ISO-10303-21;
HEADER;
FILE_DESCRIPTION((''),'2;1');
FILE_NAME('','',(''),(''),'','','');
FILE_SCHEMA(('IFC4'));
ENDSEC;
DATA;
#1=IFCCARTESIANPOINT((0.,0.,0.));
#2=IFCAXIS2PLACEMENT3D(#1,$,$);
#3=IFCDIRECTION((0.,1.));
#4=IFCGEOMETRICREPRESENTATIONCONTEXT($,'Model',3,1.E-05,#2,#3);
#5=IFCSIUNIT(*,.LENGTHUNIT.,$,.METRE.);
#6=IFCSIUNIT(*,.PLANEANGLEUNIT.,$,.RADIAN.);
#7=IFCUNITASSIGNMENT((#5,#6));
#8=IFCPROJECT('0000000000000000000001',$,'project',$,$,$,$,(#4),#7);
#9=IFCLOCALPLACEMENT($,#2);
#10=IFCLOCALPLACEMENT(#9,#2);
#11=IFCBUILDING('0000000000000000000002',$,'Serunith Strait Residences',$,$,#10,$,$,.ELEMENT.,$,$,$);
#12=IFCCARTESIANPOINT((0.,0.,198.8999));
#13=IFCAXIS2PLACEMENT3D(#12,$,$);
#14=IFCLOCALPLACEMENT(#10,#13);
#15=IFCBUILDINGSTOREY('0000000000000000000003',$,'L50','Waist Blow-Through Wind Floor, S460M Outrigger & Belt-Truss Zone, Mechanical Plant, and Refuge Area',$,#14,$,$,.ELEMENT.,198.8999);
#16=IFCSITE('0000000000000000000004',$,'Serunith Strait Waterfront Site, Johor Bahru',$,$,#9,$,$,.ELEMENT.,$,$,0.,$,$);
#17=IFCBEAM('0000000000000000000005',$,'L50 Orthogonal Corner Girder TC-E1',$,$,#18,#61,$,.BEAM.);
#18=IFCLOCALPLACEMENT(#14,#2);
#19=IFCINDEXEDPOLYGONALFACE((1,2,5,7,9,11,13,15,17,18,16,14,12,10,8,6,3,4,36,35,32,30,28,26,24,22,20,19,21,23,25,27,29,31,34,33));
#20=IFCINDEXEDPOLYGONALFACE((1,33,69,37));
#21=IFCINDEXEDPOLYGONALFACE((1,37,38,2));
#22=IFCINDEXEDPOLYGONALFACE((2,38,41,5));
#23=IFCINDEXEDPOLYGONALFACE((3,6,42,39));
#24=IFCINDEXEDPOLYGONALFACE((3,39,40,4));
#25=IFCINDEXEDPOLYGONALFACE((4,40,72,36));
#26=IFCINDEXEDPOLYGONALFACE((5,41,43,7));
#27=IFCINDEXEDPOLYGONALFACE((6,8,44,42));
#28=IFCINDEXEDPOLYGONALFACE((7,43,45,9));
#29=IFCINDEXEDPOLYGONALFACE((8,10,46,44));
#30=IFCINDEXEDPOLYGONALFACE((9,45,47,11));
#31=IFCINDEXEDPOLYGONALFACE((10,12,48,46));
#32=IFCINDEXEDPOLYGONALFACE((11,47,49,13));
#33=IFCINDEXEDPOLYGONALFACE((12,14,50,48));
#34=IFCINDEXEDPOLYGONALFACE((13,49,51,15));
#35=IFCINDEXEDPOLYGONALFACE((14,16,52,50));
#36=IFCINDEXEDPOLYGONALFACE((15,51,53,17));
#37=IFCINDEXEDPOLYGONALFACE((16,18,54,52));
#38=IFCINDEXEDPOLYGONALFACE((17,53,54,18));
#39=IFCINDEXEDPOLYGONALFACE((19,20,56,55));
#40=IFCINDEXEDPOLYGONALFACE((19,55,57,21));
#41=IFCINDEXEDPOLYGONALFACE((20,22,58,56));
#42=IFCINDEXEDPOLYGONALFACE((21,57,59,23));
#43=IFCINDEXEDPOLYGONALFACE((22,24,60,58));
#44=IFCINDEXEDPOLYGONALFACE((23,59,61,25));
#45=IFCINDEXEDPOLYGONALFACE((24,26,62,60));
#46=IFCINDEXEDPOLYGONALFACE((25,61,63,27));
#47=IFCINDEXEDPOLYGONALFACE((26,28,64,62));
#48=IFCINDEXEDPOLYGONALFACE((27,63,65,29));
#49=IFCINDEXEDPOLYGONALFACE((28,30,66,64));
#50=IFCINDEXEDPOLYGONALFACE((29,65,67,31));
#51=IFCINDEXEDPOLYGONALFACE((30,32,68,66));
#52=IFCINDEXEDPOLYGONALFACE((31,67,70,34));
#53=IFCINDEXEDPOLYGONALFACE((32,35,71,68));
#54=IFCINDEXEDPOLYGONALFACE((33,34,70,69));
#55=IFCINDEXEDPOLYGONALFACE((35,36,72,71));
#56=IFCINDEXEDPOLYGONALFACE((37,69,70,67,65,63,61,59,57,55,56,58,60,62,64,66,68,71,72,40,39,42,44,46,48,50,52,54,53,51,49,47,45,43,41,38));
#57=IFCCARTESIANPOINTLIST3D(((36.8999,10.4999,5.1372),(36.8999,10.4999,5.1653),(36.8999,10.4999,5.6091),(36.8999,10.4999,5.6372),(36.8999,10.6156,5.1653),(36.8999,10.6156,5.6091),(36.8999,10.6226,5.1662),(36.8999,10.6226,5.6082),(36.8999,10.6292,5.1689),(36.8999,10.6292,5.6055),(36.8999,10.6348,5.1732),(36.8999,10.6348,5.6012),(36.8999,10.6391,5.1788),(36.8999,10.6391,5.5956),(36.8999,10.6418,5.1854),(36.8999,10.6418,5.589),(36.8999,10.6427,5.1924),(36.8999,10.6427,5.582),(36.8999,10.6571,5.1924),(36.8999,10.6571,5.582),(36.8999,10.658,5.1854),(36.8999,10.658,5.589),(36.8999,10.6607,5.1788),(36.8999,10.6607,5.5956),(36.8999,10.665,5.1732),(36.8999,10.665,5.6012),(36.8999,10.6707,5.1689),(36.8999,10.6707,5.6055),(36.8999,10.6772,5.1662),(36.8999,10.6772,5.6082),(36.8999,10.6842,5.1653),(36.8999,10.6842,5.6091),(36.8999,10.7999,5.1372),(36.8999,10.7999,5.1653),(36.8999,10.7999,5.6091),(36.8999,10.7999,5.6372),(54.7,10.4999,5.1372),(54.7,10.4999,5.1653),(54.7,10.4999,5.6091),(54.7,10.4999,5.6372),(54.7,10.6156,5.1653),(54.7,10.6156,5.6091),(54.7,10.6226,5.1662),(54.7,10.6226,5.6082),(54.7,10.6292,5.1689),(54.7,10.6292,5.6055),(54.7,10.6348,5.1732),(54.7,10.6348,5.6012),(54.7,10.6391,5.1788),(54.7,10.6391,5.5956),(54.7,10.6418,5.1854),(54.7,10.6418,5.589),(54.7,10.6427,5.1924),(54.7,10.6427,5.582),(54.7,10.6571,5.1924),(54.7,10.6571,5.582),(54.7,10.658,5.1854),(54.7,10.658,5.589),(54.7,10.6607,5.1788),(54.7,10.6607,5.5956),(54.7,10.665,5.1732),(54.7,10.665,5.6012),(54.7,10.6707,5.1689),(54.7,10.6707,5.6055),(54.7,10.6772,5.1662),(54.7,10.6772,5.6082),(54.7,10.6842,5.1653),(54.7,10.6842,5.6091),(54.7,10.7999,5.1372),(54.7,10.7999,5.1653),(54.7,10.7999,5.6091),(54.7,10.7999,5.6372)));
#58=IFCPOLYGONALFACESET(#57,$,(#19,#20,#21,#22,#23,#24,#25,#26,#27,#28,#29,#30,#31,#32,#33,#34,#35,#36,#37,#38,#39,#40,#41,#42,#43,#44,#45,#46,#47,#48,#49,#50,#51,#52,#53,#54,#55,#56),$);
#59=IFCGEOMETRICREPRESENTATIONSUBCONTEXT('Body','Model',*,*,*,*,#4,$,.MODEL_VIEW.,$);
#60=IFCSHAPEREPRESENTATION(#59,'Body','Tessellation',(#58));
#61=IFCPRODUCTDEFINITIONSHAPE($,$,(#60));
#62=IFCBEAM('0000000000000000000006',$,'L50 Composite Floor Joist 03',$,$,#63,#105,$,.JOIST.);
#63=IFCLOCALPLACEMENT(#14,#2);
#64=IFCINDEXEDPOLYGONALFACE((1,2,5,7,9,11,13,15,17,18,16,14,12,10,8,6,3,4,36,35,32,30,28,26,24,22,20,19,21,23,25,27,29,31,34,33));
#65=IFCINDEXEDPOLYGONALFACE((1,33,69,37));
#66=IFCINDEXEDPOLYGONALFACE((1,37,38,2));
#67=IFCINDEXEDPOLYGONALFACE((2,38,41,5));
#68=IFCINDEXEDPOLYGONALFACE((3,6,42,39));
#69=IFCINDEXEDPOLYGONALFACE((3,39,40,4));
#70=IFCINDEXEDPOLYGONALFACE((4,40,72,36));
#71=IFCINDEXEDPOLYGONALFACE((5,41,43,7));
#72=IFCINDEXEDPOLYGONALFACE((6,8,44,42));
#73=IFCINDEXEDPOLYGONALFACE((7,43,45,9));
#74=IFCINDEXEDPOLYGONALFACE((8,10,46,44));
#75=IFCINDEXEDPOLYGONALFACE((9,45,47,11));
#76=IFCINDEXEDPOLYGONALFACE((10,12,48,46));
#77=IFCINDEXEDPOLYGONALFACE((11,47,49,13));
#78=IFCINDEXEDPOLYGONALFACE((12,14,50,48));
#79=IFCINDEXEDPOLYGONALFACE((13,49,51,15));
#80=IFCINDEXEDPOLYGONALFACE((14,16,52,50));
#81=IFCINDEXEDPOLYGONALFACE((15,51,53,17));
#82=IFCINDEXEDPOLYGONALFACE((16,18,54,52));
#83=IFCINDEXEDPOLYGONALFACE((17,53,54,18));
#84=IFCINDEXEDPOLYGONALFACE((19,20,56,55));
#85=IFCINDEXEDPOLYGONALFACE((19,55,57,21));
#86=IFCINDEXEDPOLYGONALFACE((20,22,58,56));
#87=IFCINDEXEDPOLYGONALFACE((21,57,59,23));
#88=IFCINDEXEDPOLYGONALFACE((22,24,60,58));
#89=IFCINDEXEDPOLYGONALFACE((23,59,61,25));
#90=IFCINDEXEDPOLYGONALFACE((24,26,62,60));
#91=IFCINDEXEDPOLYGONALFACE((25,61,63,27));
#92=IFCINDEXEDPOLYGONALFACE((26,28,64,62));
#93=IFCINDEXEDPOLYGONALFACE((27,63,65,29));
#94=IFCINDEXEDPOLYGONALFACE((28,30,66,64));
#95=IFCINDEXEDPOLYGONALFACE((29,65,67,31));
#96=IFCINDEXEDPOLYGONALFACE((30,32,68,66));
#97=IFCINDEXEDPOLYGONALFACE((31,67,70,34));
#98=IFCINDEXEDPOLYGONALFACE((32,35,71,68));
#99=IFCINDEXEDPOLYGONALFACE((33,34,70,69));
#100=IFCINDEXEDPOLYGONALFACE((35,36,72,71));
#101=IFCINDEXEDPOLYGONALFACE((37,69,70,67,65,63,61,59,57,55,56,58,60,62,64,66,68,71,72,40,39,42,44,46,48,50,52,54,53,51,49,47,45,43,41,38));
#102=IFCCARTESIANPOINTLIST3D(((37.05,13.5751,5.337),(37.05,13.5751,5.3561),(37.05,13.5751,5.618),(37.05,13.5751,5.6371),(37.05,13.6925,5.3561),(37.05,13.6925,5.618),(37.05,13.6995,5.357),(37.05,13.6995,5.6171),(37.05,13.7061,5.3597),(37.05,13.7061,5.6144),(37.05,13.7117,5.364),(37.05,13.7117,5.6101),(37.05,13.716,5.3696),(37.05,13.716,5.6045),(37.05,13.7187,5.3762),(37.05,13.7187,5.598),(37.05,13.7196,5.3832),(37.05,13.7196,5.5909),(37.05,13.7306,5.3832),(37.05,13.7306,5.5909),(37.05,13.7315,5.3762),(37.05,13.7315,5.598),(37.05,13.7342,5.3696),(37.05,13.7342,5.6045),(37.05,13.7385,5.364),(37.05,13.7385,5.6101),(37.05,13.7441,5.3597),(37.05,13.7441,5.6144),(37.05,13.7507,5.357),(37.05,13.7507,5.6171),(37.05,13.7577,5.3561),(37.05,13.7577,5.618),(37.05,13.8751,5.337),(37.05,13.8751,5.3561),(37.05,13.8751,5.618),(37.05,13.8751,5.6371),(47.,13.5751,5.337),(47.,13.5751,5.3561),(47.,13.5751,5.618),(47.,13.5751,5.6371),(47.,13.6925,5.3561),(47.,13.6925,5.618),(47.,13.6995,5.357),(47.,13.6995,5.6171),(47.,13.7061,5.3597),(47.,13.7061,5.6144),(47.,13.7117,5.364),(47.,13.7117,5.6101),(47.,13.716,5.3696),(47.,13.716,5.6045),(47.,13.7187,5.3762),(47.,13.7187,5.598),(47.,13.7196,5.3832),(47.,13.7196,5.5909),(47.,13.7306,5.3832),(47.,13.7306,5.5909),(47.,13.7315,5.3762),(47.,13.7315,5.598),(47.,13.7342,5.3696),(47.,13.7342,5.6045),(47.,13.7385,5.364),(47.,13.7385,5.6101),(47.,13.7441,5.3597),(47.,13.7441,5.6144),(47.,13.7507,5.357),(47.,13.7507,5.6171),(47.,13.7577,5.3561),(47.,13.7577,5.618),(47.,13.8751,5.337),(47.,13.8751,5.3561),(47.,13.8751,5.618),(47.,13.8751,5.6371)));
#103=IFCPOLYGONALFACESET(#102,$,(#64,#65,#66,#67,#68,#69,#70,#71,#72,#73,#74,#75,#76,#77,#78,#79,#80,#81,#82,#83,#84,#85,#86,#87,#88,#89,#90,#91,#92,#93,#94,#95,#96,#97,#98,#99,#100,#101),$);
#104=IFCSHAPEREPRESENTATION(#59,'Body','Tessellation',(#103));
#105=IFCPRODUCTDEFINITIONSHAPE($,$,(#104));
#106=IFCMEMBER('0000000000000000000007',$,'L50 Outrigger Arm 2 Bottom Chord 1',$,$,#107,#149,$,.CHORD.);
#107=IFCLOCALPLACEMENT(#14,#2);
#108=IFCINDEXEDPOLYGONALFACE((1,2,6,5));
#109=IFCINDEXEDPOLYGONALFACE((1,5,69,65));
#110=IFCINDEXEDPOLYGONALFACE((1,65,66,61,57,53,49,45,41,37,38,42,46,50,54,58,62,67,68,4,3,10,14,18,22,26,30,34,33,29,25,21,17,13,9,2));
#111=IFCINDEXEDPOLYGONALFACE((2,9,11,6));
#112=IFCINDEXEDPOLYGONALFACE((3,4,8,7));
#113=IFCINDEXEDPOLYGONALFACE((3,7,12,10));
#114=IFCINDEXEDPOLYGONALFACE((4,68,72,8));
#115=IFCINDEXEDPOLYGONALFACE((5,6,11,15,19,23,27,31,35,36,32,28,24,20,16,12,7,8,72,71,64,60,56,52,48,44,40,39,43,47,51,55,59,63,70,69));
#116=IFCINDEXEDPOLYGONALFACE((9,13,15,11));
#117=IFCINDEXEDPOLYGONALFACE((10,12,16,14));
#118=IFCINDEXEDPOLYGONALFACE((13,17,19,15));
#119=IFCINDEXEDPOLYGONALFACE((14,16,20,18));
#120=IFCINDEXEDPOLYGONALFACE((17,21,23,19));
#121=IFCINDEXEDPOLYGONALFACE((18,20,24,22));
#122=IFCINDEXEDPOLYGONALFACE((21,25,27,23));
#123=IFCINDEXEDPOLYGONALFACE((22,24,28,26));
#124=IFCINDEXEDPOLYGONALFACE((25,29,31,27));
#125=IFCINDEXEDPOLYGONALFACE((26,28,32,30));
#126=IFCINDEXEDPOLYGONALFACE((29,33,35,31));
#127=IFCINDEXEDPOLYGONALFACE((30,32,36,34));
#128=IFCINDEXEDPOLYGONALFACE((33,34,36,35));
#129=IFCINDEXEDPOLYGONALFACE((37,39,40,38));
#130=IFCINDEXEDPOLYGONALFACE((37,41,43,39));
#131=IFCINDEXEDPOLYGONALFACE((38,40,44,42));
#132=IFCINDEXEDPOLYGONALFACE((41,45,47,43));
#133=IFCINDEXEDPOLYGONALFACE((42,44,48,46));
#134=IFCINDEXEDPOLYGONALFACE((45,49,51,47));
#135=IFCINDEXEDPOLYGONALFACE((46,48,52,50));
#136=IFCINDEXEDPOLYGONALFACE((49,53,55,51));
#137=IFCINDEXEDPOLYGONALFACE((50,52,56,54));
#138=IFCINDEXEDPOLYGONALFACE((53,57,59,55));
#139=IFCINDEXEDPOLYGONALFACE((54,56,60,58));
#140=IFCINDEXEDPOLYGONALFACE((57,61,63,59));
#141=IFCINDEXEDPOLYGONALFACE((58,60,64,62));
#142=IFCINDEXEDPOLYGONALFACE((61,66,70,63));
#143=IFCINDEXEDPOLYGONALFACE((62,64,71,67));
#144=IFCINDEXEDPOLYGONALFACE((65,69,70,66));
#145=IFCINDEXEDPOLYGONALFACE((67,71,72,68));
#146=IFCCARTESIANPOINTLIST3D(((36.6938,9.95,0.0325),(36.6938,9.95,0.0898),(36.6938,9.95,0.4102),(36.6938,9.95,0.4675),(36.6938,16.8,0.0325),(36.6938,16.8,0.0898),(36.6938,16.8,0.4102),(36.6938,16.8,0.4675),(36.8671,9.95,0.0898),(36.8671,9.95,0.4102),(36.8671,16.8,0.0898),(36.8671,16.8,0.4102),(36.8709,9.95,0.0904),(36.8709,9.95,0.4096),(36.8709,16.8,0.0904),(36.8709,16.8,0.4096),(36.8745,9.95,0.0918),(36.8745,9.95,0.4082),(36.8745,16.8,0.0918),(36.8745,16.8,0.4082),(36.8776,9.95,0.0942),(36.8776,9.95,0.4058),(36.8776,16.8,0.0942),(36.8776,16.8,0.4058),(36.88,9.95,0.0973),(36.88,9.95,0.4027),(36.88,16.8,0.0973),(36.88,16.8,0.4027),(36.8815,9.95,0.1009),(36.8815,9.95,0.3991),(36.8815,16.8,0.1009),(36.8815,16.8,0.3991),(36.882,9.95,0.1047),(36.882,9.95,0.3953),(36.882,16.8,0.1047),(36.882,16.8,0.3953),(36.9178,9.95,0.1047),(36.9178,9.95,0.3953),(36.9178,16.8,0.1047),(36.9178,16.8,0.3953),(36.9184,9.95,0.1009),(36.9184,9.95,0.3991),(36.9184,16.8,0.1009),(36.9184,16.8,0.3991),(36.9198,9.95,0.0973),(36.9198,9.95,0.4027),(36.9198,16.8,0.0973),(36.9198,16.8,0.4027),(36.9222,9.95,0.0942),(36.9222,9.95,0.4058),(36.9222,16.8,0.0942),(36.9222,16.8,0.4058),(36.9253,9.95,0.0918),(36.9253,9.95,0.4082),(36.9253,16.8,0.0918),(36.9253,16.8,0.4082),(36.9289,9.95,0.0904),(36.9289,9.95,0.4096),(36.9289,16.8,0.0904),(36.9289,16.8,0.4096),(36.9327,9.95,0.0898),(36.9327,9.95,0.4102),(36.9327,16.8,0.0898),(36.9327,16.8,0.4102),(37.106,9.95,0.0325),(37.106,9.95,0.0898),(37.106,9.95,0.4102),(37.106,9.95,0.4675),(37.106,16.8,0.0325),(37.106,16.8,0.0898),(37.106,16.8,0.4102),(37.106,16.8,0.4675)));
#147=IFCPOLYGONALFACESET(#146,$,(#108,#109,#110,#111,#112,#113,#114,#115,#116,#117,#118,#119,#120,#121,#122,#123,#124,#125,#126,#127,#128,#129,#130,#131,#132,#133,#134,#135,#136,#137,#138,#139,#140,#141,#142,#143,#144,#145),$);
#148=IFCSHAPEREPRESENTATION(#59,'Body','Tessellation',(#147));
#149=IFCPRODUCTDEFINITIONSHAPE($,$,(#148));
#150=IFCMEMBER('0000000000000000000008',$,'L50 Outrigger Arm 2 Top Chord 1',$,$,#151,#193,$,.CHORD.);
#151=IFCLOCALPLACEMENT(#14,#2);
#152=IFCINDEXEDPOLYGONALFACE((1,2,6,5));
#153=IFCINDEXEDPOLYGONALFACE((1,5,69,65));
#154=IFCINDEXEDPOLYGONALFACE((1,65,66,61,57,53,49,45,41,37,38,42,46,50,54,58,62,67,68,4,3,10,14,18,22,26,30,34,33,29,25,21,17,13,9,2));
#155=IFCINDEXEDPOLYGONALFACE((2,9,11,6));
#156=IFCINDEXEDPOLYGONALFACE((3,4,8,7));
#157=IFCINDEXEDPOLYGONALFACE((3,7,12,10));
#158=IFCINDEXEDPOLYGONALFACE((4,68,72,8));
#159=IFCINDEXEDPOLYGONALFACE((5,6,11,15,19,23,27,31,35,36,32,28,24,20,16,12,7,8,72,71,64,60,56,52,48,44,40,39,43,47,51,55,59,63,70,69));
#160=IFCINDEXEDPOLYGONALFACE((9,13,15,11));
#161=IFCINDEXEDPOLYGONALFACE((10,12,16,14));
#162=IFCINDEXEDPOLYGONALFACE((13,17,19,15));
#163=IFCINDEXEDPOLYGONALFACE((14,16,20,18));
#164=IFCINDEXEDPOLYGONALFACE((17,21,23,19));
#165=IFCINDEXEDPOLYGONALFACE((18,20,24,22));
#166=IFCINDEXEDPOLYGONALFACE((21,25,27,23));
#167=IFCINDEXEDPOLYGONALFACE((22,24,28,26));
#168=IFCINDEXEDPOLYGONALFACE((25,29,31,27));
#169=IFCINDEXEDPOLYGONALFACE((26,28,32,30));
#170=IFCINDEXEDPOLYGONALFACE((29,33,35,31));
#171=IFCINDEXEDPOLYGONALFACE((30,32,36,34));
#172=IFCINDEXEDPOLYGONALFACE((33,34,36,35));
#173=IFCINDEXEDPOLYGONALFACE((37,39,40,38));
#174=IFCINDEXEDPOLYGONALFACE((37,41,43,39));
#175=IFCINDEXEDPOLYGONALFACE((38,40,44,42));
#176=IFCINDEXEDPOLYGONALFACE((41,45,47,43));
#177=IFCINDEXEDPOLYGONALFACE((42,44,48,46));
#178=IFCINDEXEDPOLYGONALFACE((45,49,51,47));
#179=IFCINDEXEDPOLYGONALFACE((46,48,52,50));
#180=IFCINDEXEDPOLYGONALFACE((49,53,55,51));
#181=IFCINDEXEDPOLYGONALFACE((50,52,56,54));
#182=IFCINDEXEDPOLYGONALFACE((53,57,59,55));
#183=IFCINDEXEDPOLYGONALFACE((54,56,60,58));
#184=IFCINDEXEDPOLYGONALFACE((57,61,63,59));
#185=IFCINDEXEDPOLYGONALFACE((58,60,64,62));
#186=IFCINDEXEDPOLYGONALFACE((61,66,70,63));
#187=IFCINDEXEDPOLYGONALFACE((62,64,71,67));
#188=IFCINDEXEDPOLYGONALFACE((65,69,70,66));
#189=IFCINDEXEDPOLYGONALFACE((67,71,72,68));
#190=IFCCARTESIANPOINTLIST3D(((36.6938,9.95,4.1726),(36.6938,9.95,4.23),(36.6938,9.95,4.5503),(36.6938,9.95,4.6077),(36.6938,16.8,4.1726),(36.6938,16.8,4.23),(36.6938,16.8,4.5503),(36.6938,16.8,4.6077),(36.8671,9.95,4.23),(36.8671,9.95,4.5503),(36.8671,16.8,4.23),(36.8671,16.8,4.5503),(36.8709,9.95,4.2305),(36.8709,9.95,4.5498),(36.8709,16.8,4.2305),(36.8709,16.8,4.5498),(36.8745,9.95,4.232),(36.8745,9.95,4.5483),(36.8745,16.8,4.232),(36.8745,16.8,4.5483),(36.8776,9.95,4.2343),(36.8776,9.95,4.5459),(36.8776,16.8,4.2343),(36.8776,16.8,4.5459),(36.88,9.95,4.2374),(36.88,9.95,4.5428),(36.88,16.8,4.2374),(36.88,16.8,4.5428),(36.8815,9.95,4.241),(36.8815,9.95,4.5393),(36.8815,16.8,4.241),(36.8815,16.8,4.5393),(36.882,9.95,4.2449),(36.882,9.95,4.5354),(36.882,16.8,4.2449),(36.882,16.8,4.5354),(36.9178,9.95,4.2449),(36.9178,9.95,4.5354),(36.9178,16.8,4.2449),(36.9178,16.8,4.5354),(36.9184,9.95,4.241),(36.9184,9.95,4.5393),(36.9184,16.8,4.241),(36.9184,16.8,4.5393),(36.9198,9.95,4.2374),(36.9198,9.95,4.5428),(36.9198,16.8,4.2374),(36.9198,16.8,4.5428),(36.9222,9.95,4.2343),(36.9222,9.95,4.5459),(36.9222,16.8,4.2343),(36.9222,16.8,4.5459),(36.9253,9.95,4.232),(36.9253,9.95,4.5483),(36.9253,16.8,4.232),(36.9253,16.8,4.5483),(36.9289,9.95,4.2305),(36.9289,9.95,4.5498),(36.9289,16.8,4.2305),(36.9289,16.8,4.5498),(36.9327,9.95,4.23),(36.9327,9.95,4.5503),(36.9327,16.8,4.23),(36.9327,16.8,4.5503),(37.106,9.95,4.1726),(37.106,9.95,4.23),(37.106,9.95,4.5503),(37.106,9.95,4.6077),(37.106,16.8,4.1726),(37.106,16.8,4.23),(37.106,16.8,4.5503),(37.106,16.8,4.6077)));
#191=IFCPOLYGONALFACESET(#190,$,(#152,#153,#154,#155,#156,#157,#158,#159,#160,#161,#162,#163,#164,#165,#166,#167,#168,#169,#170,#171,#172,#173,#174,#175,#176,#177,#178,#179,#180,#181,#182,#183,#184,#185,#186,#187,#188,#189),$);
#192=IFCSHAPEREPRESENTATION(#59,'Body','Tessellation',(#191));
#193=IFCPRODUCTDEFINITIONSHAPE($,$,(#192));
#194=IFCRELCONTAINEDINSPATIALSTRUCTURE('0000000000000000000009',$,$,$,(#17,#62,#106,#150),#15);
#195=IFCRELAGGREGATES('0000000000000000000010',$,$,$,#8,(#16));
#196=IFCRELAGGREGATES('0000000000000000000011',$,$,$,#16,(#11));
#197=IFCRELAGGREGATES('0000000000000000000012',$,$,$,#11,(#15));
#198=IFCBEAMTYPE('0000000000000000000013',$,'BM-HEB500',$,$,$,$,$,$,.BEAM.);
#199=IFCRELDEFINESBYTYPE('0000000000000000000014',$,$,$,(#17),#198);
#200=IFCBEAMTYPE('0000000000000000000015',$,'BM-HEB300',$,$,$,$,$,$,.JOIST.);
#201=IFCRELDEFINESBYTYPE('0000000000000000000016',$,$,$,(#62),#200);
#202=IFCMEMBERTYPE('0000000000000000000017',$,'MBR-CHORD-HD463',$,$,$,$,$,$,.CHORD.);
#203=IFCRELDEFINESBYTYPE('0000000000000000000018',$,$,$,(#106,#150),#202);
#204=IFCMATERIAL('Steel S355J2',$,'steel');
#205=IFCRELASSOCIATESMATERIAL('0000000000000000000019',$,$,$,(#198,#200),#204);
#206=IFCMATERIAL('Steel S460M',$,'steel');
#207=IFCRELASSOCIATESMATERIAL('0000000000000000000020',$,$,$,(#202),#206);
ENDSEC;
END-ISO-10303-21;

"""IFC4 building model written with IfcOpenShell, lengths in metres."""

from ifc_helpers import new_model, si_unit, direction, frame, origin, origin_2d, place, context, subcontext, project, spatial, i_section, extrude, source, transform, mapped, material, material_profile, profile_set, type_object, element, save


model = new_model("IFC4")

# Units and contexts
model_context = context("Model", 3, precision=1e-05, world=origin(), true_north=direction((0.0, 1.0)))
body_context = subcontext(model_context, "Body", "Model", "MODEL_VIEW")
ifc_project = project(units=[si_unit("LENGTHUNIT", "METRE"), si_unit("PLANEANGLEUNIT", "RADIAN")], contexts=[model_context])

# Site, building, storey
site_placement = place(None, origin())
site = spatial("IfcSite", under=ifc_project, at=site_placement, Name="Serunith Strait Waterfront Site, Johor Bahru", CompositionType="ELEMENT", RefElevation=0.0)
building_placement = place(site_placement, origin())
building = spatial("IfcBuilding", under=site, at=building_placement, Name="Serunith Strait Residences", CompositionType="ELEMENT")
storey_placement = place(building_placement, frame((0.0, 0.0, 198.8999)))
storey = spatial("IfcBuildingStorey", under=building, at=storey_placement, Name="L50", Description="Waist Blow-Through Wind Floor, S460M Outrigger & Belt-Truss Zone, Mechanical Plant, and Refuge Area", CompositionType="ELEMENT", Elevation=198.8999)

# Beams
ifc_material_1 = material(Name="Steel S355J2", Category="steel")
ifc_material_profile_1 = material_profile(ifc_material_1, i_section(OverallWidth=0.3, OverallDepth=0.5, WebThickness=0.0144, FlangeThickness=0.0281, FilletRadius=0.0271, at=origin_2d()), Name="HEB 500")
ifc_profile_set_1 = profile_set([ifc_material_profile_1], Name="Steel S355J2")
beam_type_1 = type_object("IfcBeamType", Name="BM-HEB500", PredefinedType="BEAM", material=ifc_profile_set_1)
shared_shape_1 = source(origin(), body_context, "Body", "SweptSolid", [
    extrude(i_section(OverallWidth=0.3, OverallDepth=0.5, WebThickness=0.0144, FlangeThickness=0.0281, FilletRadius=0.0271, at=origin_2d()), origin(), (0.0, 0.0, 1.0), 17.8),
])
beam_1_placement = place(storey_placement, frame((36.8999, 10.6499, 5.3872), z_axis=(1.0, 0.0, 0.0), x_axis=(0.0, 1.0, 0.0)))
element("IfcBeam", 1, at=beam_1_placement, inside=storey, type_object=beam_type_1, Name="L50 Orthogonal Corner Girder TC-E1", PredefinedType="BEAM", context=body_context, shape_type="MappedRepresentation", body=[
    mapped(shared_shape_1, transform((0.0, 0.0, 0.0), scale=1.0)),
])
ifc_material_profile_2 = material_profile(ifc_material_1, i_section(OverallWidth=0.3, OverallDepth=0.3, WebThickness=0.011, FlangeThickness=0.019, FilletRadius=0.0271, at=origin_2d()), Name="HEB 300")
ifc_profile_set_2 = profile_set([ifc_material_profile_2], Name="Steel S355J2")
beam_type_2 = type_object("IfcBeamType", Name="BM-HEB300", PredefinedType="JOIST", material=ifc_profile_set_2)
shared_shape_2 = source(origin(), body_context, "Body", "SweptSolid", [
    extrude(i_section(OverallWidth=0.3, OverallDepth=0.3, WebThickness=0.011, FlangeThickness=0.019, FilletRadius=0.0271, at=origin_2d()), origin(), (0.0, 0.0, 1.0), 9.95),
])
beam_2_placement = place(storey_placement, frame((37.05, 13.7251, 5.4871), z_axis=(1.0, 0.0, 0.0), x_axis=(0.0, 1.0, 0.0)))
element("IfcBeam", 2, at=beam_2_placement, inside=storey, type_object=beam_type_2, Name="L50 Composite Floor Joist 03", PredefinedType="JOIST", context=body_context, shape_type="MappedRepresentation", body=[
    mapped(shared_shape_2, transform((0.0, 0.0, 0.0), scale=1.0)),
])

# Members
ifc_material_2 = material(Name="Steel S460M", Category="steel")
ifc_material_profile_3 = material_profile(ifc_material_2, i_section(OverallWidth=0.4121, OverallDepth=0.4351, WebThickness=0.0359, FlangeThickness=0.0574, FilletRadius=0.0149, at=origin_2d()), Name="HD 400x463")
ifc_profile_set_3 = profile_set([ifc_material_profile_3], Name="Steel S460M")
member_type_1 = type_object("IfcMemberType", Name="MBR-CHORD-HD463", PredefinedType="CHORD", material=ifc_profile_set_3)
shared_shape_3 = source(origin(), body_context, "Body", "SweptSolid", [
    extrude(i_section(OverallWidth=0.4121, OverallDepth=0.4351, WebThickness=0.0359, FlangeThickness=0.0574, FilletRadius=0.0149, at=origin_2d()), origin(), (0.0, 0.0, 1.0), 6.8501),
])
for number, where, z_axis, x_axis, name in (
    (3, (36.8999, 16.8, 0.25), (0.0, -1.0, 0.0), (1.0, 0.0, 0.0), "L50 Outrigger Arm 2 Bottom Chord 1"),
    (4, (36.8999, 16.8, 4.3901), (0.0, -1.0, 0.0), (1.0, 0.0, 0.0), "L50 Outrigger Arm 2 Top Chord 1"),
):
    element("IfcMember", number, at=place(storey_placement, frame(where, z_axis=z_axis, x_axis=x_axis)), inside=storey, type_object=member_type_1, Name=name, PredefinedType="CHORD", context=body_context, shape_type="MappedRepresentation", body=[
        mapped(shared_shape_3, transform((0.0, 0.0, 0.0), scale=1.0)),
    ])

save(model, "model.ifc")
